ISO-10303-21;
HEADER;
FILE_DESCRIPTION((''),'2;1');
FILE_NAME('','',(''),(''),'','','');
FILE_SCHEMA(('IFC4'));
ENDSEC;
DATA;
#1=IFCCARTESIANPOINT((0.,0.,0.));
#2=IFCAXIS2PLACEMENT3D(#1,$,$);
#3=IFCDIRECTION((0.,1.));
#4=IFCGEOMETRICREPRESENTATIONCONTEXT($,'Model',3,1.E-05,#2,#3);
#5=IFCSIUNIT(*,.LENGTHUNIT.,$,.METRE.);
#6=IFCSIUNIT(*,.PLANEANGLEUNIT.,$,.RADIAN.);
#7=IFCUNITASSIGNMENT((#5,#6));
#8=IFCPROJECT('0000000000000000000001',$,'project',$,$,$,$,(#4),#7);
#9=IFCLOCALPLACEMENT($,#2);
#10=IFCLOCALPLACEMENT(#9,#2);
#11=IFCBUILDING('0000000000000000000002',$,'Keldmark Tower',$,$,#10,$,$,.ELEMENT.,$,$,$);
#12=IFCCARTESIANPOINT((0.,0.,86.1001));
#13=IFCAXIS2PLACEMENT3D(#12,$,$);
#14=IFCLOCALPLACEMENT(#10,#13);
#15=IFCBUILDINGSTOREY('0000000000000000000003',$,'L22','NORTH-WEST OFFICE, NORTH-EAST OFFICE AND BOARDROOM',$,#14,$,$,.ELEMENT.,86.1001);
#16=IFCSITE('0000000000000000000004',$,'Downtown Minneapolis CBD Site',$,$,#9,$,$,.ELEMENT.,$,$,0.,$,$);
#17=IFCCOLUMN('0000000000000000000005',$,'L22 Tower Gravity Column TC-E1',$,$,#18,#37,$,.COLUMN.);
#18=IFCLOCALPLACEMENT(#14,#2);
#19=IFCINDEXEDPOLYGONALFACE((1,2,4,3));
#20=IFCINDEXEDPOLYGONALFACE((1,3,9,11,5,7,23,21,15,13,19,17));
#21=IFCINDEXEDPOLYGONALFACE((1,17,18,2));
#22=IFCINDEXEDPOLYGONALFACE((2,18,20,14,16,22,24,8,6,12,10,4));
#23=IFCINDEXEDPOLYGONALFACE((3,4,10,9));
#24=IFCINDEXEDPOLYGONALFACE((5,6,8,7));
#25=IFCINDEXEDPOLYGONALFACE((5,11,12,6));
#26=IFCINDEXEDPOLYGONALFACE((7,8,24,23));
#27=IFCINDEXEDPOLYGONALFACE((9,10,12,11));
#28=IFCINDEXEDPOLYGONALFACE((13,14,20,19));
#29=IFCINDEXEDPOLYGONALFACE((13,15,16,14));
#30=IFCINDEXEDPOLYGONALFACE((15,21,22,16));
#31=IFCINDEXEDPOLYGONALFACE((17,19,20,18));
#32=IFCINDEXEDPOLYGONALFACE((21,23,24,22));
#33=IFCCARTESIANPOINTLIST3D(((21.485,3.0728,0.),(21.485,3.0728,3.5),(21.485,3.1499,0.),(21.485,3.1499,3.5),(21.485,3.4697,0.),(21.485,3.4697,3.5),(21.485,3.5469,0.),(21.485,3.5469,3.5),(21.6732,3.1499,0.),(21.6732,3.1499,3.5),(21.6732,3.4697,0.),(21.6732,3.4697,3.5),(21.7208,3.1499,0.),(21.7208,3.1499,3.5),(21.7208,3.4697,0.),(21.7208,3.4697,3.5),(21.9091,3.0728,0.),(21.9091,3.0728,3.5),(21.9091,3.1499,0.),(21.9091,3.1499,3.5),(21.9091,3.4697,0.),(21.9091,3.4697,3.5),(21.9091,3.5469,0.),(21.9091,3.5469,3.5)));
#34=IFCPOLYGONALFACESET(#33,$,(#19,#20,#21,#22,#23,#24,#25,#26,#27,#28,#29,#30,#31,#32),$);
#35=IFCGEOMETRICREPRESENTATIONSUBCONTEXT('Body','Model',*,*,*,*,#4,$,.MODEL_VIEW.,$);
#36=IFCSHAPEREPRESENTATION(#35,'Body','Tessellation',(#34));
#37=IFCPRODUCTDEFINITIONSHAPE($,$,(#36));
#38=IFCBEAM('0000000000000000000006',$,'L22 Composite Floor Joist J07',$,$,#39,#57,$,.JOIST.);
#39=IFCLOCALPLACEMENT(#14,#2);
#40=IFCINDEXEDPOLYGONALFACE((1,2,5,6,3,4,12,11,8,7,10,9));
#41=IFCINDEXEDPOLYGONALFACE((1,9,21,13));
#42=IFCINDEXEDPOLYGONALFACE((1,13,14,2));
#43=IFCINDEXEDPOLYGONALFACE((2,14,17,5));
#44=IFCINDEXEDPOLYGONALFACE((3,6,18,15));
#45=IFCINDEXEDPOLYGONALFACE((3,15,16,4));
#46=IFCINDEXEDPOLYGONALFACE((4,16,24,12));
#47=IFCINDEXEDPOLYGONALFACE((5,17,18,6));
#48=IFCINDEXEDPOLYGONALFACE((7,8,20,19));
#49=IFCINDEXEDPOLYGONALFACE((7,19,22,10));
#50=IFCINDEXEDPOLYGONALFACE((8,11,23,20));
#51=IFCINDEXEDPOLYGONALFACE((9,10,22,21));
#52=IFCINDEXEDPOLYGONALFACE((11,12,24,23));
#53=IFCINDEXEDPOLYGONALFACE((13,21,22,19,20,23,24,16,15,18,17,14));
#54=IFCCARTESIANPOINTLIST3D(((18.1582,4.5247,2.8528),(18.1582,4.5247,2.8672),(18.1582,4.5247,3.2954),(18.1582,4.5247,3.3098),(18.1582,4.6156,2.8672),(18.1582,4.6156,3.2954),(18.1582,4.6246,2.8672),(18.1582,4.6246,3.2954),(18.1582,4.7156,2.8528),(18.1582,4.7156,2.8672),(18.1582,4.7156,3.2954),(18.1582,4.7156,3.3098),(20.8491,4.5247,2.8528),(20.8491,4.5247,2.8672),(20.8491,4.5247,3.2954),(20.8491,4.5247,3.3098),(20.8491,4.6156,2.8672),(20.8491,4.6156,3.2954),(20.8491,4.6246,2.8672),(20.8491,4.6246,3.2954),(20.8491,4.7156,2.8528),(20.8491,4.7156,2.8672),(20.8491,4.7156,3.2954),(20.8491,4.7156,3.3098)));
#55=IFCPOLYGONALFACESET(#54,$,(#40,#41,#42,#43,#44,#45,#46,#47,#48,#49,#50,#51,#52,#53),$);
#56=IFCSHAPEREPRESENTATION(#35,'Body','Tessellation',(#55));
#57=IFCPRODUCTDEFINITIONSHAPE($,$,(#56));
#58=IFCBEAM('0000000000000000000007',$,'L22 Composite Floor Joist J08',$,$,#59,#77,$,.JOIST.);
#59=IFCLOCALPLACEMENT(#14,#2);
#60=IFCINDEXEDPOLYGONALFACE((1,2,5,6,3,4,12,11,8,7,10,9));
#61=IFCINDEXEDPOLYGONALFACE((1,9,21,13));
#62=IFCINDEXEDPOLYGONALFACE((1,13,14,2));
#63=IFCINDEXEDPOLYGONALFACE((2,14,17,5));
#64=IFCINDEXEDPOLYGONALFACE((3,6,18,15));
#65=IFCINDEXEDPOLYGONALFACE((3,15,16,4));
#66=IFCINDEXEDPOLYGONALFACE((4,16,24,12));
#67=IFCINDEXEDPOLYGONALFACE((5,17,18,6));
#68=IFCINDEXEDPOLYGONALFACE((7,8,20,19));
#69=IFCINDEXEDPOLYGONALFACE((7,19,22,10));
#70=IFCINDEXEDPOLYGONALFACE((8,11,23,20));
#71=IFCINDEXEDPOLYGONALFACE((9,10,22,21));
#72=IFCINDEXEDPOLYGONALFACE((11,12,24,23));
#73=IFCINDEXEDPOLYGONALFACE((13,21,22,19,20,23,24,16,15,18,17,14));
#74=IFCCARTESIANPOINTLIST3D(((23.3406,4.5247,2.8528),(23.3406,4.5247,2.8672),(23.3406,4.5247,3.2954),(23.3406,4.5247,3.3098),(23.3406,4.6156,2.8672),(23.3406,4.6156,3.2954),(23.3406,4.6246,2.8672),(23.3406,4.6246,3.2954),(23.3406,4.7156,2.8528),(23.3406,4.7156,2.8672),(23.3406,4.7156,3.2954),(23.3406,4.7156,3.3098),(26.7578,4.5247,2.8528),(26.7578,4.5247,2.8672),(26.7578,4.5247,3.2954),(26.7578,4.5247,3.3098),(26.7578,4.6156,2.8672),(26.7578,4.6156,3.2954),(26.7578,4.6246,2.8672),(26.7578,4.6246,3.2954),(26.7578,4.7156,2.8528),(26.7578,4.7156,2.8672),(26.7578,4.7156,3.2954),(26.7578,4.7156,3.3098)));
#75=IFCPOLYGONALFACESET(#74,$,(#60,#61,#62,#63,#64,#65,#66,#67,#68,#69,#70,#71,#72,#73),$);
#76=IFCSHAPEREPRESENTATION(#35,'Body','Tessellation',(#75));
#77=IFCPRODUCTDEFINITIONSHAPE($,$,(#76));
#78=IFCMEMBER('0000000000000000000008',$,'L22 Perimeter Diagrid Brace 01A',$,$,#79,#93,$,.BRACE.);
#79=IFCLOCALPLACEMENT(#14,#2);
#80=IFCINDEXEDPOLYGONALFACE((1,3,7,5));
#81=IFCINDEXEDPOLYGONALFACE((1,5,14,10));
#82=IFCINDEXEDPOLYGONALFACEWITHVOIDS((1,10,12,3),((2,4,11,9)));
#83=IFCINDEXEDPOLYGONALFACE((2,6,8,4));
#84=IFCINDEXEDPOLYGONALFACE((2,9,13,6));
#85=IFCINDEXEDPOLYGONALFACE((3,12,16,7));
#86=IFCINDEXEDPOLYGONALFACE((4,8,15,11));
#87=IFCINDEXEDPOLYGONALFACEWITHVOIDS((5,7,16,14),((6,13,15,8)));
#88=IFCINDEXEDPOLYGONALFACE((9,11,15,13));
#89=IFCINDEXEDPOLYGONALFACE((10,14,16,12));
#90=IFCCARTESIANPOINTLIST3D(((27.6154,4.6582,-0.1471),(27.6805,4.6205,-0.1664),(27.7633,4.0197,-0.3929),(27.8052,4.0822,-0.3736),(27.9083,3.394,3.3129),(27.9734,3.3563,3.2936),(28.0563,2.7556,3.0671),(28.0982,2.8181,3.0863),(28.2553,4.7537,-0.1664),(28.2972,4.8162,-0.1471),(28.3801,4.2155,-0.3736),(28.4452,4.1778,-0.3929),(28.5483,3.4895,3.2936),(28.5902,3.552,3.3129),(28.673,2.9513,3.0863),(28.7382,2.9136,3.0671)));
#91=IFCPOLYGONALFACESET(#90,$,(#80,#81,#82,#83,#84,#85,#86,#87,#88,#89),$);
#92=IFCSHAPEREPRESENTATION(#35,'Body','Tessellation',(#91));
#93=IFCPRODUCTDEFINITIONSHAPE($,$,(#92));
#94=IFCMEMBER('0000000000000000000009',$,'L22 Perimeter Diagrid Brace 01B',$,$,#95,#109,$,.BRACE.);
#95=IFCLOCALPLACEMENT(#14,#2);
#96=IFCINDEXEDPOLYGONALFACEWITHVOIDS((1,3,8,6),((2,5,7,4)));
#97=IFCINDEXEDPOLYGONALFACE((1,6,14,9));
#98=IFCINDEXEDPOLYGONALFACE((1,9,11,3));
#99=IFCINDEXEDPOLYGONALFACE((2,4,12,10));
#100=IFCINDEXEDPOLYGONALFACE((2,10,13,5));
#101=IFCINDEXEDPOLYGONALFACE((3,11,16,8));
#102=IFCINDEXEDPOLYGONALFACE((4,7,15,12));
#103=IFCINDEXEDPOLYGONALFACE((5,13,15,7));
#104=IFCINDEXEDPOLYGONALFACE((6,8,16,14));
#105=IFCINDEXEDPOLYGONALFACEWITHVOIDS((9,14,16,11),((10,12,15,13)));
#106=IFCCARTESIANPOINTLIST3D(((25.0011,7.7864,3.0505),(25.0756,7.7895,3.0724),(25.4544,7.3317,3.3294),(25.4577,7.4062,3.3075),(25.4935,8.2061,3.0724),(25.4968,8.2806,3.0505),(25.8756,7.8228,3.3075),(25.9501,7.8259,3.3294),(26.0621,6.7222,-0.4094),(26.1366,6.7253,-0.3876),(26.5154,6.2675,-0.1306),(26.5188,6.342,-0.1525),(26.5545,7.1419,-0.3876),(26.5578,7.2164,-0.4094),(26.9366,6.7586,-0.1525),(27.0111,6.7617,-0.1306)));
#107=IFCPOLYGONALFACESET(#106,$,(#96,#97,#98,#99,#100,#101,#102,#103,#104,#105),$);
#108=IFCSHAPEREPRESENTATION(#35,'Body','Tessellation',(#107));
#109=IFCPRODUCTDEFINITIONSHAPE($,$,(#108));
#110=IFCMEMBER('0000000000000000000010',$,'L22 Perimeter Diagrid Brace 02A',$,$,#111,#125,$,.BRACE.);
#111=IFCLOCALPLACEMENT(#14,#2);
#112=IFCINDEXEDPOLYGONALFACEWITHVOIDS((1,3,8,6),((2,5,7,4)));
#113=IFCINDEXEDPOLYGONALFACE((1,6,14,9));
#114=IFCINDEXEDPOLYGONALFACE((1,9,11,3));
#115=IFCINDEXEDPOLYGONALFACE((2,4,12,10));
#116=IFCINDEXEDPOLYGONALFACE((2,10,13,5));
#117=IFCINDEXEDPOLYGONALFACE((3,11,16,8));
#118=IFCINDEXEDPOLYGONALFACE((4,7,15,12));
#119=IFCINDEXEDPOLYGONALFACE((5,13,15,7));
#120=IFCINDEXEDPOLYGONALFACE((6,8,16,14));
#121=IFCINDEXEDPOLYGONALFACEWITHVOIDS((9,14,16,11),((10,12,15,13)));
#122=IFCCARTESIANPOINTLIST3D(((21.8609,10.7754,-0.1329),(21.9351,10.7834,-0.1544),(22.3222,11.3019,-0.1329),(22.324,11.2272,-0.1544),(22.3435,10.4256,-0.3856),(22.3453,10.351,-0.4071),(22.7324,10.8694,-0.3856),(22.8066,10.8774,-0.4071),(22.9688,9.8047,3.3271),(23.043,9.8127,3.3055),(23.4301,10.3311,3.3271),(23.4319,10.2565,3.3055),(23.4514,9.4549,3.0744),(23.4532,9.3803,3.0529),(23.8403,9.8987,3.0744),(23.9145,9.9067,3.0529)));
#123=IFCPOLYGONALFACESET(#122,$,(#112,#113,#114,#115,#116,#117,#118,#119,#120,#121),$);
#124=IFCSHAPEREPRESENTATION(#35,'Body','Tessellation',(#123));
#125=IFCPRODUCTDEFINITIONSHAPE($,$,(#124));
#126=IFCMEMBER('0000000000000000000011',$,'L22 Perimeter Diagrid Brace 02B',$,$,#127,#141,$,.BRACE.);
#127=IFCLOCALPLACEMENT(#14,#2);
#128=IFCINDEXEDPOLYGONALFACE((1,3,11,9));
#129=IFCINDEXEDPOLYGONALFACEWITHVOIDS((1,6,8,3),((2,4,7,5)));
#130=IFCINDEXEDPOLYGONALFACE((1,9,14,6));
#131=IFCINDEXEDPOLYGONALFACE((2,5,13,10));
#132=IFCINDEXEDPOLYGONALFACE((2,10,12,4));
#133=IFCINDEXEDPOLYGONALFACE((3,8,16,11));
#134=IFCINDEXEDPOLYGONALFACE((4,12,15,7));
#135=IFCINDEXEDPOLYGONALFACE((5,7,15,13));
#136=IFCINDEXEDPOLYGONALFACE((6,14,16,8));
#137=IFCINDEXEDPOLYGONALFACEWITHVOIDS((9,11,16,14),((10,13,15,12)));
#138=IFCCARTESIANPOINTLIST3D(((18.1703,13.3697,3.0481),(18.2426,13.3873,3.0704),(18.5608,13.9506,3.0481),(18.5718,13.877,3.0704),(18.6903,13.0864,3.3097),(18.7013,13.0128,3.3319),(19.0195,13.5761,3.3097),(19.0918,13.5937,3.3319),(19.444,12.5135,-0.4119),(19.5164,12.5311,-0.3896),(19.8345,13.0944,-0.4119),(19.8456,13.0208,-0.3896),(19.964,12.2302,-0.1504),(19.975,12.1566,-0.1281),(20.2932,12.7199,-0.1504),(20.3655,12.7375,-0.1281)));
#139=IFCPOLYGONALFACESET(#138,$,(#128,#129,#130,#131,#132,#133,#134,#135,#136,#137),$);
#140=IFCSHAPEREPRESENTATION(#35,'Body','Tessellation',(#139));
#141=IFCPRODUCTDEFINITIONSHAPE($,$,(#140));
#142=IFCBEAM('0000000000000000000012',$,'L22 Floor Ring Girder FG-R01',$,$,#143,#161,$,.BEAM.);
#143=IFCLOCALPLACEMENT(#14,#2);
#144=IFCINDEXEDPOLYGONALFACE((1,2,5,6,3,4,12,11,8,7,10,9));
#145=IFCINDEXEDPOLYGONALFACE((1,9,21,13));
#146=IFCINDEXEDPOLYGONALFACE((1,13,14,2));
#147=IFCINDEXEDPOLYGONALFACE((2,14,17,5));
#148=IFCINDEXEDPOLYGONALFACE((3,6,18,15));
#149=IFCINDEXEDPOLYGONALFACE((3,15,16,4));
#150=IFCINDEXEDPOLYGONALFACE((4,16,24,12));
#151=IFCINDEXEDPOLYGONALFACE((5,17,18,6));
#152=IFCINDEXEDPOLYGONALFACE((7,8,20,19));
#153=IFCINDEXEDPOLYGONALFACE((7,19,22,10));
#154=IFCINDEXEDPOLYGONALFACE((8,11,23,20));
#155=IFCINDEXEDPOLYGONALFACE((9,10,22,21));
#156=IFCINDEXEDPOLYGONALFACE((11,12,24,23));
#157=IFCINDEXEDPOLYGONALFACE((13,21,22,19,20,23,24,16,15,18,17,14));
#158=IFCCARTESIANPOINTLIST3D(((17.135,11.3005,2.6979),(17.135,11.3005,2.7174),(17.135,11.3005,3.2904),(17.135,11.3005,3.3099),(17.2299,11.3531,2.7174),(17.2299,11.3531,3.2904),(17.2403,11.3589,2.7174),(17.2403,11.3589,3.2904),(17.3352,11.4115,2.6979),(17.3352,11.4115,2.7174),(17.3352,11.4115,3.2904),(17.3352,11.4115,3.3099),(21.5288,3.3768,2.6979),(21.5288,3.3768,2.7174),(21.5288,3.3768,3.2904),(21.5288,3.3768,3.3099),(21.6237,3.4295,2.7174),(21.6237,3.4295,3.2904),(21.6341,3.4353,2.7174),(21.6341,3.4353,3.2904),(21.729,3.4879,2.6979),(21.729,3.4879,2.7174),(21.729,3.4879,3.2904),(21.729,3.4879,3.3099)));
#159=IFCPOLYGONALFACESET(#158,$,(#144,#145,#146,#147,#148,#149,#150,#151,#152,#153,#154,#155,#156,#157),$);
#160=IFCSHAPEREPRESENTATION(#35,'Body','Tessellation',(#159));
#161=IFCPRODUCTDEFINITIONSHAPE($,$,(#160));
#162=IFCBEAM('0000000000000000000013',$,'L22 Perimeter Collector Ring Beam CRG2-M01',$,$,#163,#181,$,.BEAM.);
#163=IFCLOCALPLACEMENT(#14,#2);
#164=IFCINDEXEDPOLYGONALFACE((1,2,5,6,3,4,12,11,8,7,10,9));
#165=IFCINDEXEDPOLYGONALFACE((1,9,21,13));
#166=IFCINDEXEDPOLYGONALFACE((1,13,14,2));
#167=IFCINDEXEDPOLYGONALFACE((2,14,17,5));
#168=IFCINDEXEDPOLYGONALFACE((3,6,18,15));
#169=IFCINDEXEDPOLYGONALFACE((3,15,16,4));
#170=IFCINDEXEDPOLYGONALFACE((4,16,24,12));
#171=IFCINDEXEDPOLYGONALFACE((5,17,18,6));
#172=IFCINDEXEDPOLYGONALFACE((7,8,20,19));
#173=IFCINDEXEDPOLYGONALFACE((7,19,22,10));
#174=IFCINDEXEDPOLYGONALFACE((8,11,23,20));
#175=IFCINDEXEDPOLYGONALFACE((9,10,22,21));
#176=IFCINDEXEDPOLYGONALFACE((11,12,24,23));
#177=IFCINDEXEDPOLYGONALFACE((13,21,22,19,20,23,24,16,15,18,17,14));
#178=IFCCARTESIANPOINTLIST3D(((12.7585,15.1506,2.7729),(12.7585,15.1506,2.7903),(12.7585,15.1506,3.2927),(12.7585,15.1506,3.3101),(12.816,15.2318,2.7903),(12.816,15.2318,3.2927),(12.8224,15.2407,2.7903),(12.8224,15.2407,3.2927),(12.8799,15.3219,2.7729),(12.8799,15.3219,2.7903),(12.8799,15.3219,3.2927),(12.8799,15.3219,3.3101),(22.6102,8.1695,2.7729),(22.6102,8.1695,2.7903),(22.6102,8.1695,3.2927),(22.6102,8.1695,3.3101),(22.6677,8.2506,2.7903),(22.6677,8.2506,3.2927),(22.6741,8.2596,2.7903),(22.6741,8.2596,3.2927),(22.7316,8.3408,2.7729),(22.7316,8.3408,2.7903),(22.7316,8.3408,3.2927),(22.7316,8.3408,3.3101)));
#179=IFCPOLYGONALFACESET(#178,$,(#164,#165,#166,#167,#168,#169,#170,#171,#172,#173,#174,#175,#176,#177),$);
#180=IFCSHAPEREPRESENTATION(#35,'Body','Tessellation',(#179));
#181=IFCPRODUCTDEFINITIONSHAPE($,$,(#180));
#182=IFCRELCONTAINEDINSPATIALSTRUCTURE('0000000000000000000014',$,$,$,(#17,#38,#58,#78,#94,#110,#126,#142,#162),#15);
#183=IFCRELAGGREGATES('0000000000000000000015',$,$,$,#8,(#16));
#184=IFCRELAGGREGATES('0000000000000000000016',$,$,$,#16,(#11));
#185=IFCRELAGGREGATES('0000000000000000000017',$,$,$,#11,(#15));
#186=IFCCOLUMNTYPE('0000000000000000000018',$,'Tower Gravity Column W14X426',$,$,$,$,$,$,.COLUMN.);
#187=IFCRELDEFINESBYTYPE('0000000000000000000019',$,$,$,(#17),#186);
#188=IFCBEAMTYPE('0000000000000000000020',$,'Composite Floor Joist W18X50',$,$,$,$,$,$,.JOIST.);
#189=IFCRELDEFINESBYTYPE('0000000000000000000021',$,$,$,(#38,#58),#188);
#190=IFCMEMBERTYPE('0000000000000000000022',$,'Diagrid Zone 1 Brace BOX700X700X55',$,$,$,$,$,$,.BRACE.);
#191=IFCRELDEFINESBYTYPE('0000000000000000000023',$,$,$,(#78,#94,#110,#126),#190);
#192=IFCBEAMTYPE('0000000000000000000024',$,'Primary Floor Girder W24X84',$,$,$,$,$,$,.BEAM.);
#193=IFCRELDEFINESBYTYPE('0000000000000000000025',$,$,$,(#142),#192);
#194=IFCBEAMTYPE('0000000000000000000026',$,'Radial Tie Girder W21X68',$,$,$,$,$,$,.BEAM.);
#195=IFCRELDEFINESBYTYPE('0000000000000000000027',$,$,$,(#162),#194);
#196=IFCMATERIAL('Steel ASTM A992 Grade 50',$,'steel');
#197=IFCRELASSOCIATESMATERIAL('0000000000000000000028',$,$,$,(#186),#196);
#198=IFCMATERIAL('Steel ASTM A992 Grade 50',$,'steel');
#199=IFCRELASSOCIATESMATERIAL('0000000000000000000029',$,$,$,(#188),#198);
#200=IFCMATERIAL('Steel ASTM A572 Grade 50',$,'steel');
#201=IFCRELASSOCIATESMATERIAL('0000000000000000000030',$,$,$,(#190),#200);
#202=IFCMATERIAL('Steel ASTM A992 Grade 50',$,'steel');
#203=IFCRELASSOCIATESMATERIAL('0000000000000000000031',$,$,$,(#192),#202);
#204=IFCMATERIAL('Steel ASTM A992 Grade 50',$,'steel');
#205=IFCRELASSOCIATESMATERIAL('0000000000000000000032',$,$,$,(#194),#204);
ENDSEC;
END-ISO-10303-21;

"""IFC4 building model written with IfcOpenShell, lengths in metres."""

from ifc_helpers import new_model, si_unit, direction, frame, origin, origin_2d, place, context, subcontext, project, spatial, hollow_rectangle, i_section, extrude, material, material_profile, profile_set, type_object, element, save


model = new_model("IFC4")

# Units and contexts
model_context = context("Model", 3, precision=1e-05, world=origin(), true_north=direction((0.0, 1.0)))
body_context = subcontext(model_context, "Body", "Model", "MODEL_VIEW")
ifc_project = project(units=[si_unit("LENGTHUNIT", "METRE"), si_unit("PLANEANGLEUNIT", "RADIAN")], contexts=[model_context])

# Site, building, storey
site_placement = place(None, origin())
site = spatial("IfcSite", under=ifc_project, at=site_placement, Name="Downtown Minneapolis CBD Site", CompositionType="ELEMENT", RefElevation=0.0)
building_placement = place(site_placement, origin())
building = spatial("IfcBuilding", under=site, at=building_placement, Name="Keldmark Tower", CompositionType="ELEMENT")
storey_placement = place(building_placement, frame((0.0, 0.0, 86.1001)))
storey = spatial("IfcBuildingStorey", under=building, at=storey_placement, Name="L22", Description="NORTH-WEST OFFICE, NORTH-EAST OFFICE AND BOARDROOM", CompositionType="ELEMENT", Elevation=86.1001)

# Column
ifc_material_1 = material(Name="Steel ASTM A992 Grade 50", Category="steel")
ifc_material_profile_1 = material_profile(ifc_material_1, i_section(OverallWidth=0.4241, OverallDepth=0.4741, WebThickness=0.0476, FlangeThickness=0.0771, at=origin_2d()), Name="W14X426")
ifc_profile_set_1 = profile_set([ifc_material_profile_1], Name="Steel ASTM A992 Grade 50")
column_type = type_object("IfcColumnType", Name="Tower Gravity Column W14X426", PredefinedType="COLUMN", material=ifc_profile_set_1)
column_placement = place(storey_placement, frame((21.697, 3.3098, 0.0), z_axis=(0.0, 0.0, 1.0), x_axis=(1.0, 0.0, 0.0)))
element("IfcColumn", 1, at=column_placement, inside=storey, type_object=column_type, Name="L22 Tower Gravity Column TC-E1", PredefinedType="COLUMN", context=body_context, shape_type="SweptSolid", body=[
    extrude(i_section(OverallWidth=0.4241, OverallDepth=0.4741, WebThickness=0.0476, FlangeThickness=0.0771, at=origin_2d()), origin(), (0.0, 0.0, 1.0), 3.5),
])

# Beams
ifc_material_2 = material(Name="Steel ASTM A992 Grade 50", Category="steel")
ifc_material_profile_2 = material_profile(ifc_material_2, i_section(OverallWidth=0.1909, OverallDepth=0.457, WebThickness=0.009, FlangeThickness=0.0144, at=origin_2d()), Name="W18X50")
ifc_profile_set_2 = profile_set([ifc_material_profile_2], Name="Steel ASTM A992 Grade 50")
beam_type_1 = type_object("IfcBeamType", Name="Composite Floor Joist W18X50", PredefinedType="JOIST", material=ifc_profile_set_2)
beam_1_placement = place(storey_placement, frame((18.1582, 4.6201, 3.0813), z_axis=(1.0, 0.0, 0.0), x_axis=(0.0, 1.0, 0.0)))
element("IfcBeam", 2, at=beam_1_placement, inside=storey, type_object=beam_type_1, Name="L22 Composite Floor Joist J07", PredefinedType="JOIST", context=body_context, shape_type="SweptSolid", body=[
    extrude(i_section(OverallWidth=0.1909, OverallDepth=0.457, WebThickness=0.009, FlangeThickness=0.0144, at=origin_2d()), origin(), (0.0, 0.0, 1.0), 2.6909),
])
beam_2_placement = place(storey_placement, frame((23.3406, 4.6201, 3.0813), z_axis=(1.0, 0.0, 0.0), x_axis=(0.0, 1.0, 0.0)))
element("IfcBeam", 3, at=beam_2_placement, inside=storey, type_object=beam_type_1, Name="L22 Composite Floor Joist J08", PredefinedType="JOIST", context=body_context, shape_type="SweptSolid", body=[
    extrude(i_section(OverallWidth=0.1909, OverallDepth=0.457, WebThickness=0.009, FlangeThickness=0.0144, at=origin_2d()), origin(), (0.0, 0.0, 1.0), 3.4172),
])

# Members
ifc_material_3 = material(Name="Steel ASTM A572 Grade 50", Category="steel")
ifc_material_profile_3 = material_profile(ifc_material_3, hollow_rectangle(XDim=0.7, YDim=0.7, WallThickness=0.0549, at=origin_2d()), Name="BOX700X700X55")
ifc_profile_set_3 = profile_set([ifc_material_profile_3], Name="Steel ASTM A572 Grade 50")
member_type = type_object("IfcMemberType", Name="Diagrid Zone 1 Brace BOX700X700X55", PredefinedType="BRACE", material=ifc_profile_set_3)
member_1_placement = place(storey_placement, frame((28.0303, 4.418, -0.27), z_axis=(0.079281, -0.342099, 0.936313), x_axis=(0.974181, 0.225766, 0.0)))
element("IfcMember", 4, at=member_1_placement, inside=storey, type_object=member_type, Name="L22 Perimeter Diagrid Brace 01A", PredefinedType="BRACE", context=body_context, shape_type="SweptSolid", body=[
    extrude(hollow_rectangle(XDim=0.7, YDim=0.7, WallThickness=0.0549, at=origin_2d()), origin(), (0.0, 0.0, 1.0), 3.6953),
])
member_2_placement = place(storey_placement, frame((26.5366, 6.7419, -0.27), z_axis=(-0.281276, 0.282117, 0.917221), x_axis=(-0.708162, -0.70605, 0.0)))
element("IfcMember", 5, at=member_2_placement, inside=storey, type_object=member_type, Name="L22 Perimeter Diagrid Brace 01B", PredefinedType="BRACE", context=body_context, shape_type="SweptSolid", body=[
    extrude(hollow_rectangle(XDim=0.7, YDim=0.7, WallThickness=0.0549, at=origin_2d()), origin(), (0.0, 0.0, 1.0), 3.7722),
])
member_3_placement = place(storey_placement, frame((22.3337, 10.8264, -0.27), z_axis=(0.294621, -0.258134, 0.92009), x_axis=(0.658997, 0.752145, 0.0)))
element("IfcMember", 6, at=member_3_placement, inside=storey, type_object=member_type, Name="L22 Perimeter Diagrid Brace 02A", PredefinedType="BRACE", context=body_context, shape_type="SweptSolid", body=[
    extrude(hollow_rectangle(XDim=0.7, YDim=0.7, WallThickness=0.0549, at=origin_2d()), origin(), (0.0, 0.0, 1.0), 3.7605),
])
member_4_placement = place(storey_placement, frame((19.9048, 12.6255, -0.27), z_axis=(-0.336502, 0.226205, 0.91411), x_axis=(-0.55789, -0.829915, 0.0)))
element("IfcMember", 7, at=member_4_placement, inside=storey, type_object=member_type, Name="L22 Perimeter Diagrid Brace 02B", PredefinedType="BRACE", context=body_context, shape_type="SweptSolid", body=[
    extrude(hollow_rectangle(XDim=0.7, YDim=0.7, WallThickness=0.0549, at=origin_2d()), origin(), (0.0, 0.0, 1.0), 3.7852),
])

# Beams
ifc_material_4 = material(Name="Steel ASTM A992 Grade 50", Category="steel")
ifc_material_profile_4 = material_profile(ifc_material_4, i_section(OverallWidth=0.229, OverallDepth=0.6121, WebThickness=0.012, FlangeThickness=0.0195, at=origin_2d()), Name="W24X84")
ifc_profile_set_4 = profile_set([ifc_material_profile_4], Name="Steel ASTM A992 Grade 50")
beam_type_2 = type_object("IfcBeamType", Name="Primary Floor Girder W24X84", PredefinedType="BEAM", material=ifc_profile_set_4)
beam_3_placement = place(storey_placement, frame((21.6289, 3.4324, 3.0039), z_axis=(-0.484952, 0.874541, 0.0), x_axis=(-0.874541, -0.484952, 0.0)))
element("IfcBeam", 8, at=beam_3_placement, inside=storey, type_object=beam_type_2, Name="L22 Floor Ring Girder FG-R01", PredefinedType="BEAM", context=body_context, shape_type="SweptSolid", body=[
    extrude(i_section(OverallWidth=0.229, OverallDepth=0.6121, WebThickness=0.012, FlangeThickness=0.0195, at=origin_2d()), origin(), (0.0, 0.0, 1.0), 9.0603),
])
ifc_material_5 = material(Name="Steel ASTM A992 Grade 50", Category="steel")
ifc_material_profile_5 = material_profile(ifc_material_5, i_section(OverallWidth=0.21, OverallDepth=0.5371, WebThickness=0.011, FlangeThickness=0.0173, at=origin_2d()), Name="W21X68")
ifc_profile_set_5 = profile_set([ifc_material_profile_5], Name="Steel ASTM A992 Grade 50")
beam_type_3 = type_object("IfcBeamType", Name="Radial Tie Girder W21X68", PredefinedType="BEAM", material=ifc_profile_set_5)
beam_4_placement = place(storey_placement, frame((22.6709, 8.2551, 3.0415), z_axis=(-0.815914, 0.578174, 0.0), x_axis=(-0.578174, -0.815914, 0.0)))
element("IfcBeam", 9, at=beam_4_placement, inside=storey, type_object=beam_type_3, Name="L22 Perimeter Collector Ring Beam CRG2-M01", PredefinedType="BEAM", context=body_context, shape_type="SweptSolid", body=[
    extrude(i_section(OverallWidth=0.21, OverallDepth=0.5371, WebThickness=0.011, FlangeThickness=0.0173, at=origin_2d()), origin(), (0.0, 0.0, 1.0), 12.0745),
])

save(model, "model.ifc")
